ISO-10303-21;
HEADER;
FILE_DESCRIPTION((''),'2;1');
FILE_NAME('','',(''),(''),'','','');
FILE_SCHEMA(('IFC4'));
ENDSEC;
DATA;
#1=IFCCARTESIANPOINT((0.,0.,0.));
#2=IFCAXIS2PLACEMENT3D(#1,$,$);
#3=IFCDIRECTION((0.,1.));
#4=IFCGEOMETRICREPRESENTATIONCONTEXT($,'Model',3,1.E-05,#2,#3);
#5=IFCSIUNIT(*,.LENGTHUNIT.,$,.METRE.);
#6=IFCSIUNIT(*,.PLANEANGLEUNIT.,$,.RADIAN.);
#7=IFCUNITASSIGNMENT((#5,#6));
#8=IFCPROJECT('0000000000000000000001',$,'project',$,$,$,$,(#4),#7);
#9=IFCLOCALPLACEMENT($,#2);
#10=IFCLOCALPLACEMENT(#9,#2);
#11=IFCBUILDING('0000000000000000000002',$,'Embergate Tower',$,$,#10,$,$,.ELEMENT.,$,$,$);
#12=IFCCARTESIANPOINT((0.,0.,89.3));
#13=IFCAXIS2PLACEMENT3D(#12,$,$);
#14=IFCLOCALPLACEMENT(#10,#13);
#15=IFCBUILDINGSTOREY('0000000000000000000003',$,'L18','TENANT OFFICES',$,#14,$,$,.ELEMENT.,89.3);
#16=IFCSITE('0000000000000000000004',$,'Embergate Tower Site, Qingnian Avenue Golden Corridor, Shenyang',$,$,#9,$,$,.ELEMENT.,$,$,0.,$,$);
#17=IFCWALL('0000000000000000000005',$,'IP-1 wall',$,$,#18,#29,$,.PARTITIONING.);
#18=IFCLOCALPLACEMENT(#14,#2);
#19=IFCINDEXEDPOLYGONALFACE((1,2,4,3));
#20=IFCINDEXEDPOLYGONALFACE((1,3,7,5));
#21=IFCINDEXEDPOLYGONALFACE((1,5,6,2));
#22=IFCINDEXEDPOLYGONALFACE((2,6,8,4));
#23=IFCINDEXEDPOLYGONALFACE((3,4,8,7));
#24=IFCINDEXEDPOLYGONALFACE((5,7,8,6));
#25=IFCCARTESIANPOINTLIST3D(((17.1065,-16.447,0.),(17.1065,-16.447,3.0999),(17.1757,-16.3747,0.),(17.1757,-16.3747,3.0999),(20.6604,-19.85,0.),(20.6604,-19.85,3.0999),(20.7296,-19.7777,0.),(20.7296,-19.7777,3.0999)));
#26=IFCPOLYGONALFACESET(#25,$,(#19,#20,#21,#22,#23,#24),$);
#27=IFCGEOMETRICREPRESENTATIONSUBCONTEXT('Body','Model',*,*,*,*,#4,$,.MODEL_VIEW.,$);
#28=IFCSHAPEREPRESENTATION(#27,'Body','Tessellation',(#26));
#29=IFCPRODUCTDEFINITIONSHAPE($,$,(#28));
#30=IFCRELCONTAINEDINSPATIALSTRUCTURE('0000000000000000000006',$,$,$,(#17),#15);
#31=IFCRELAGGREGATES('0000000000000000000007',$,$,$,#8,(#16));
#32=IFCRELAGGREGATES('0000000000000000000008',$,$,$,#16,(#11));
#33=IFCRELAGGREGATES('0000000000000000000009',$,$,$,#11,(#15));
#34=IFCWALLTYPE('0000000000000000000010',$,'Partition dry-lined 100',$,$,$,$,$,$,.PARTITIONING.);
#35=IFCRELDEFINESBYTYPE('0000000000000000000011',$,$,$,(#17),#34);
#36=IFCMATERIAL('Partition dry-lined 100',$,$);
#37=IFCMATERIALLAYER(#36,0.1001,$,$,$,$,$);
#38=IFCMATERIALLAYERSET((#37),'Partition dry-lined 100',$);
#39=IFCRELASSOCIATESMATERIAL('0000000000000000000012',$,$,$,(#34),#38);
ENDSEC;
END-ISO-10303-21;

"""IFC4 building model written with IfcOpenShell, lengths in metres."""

from ifc_helpers import new_model, si_unit, direction, frame, frame_2d, origin, place, context, subcontext, project, spatial, rectangle, extrude, source, transform, mapped, material, layer, layer_set, type_object, element, save


model = new_model("IFC4")

# Units and contexts
model_context = context("Model", 3, precision=1e-05, world=origin(), true_north=direction((0.0, 1.0)))
body_context = subcontext(model_context, "Body", "Model", "MODEL_VIEW")
ifc_project = project(units=[si_unit("LENGTHUNIT", "METRE"), si_unit("PLANEANGLEUNIT", "RADIAN")], contexts=[model_context])

# Site, building, storey
site_placement = place(None, origin())
site = spatial("IfcSite", under=ifc_project, at=site_placement, Name="Embergate Tower Site, Qingnian Avenue Golden Corridor, Shenyang", CompositionType="ELEMENT", RefElevation=0.0)
building_placement = place(site_placement, origin())
building = spatial("IfcBuilding", under=site, at=building_placement, Name="Embergate Tower", CompositionType="ELEMENT")
storey_placement = place(building_placement, frame((0.0, 0.0, 89.3)))
storey = spatial("IfcBuildingStorey", under=building, at=storey_placement, Name="L18", Description="TENANT OFFICES", CompositionType="ELEMENT", Elevation=89.3)

# Wall
ifc_material_1 = material(Name="Partition dry-lined 100")
ifc_layer_1 = layer(ifc_material_1, 0.1001)
ifc_layer_set_1 = layer_set([ifc_layer_1], Name="Partition dry-lined 100")
wall_type_1 = type_object("IfcWallType", Name="Partition dry-lined 100", PredefinedType="PARTITIONING", material=ifc_layer_set_1)
shared_shape_1 = source(origin(), body_context, "Body", "SweptSolid", [
    extrude(rectangle(XDim=4.9204, YDim=0.1001, at=frame_2d((2.4602, 0.0))), origin(), (0.0, 0.0, 1.0), 3.0999),
])
wall_1_placement = place(storey_placement, frame((17.1411, -16.4109, 0.0), z_axis=(0.0, 0.0, 1.0), x_axis=(0.722272, -0.691609, 0.0)))
element("IfcWall", 1, at=wall_1_placement, inside=storey, type_object=wall_type_1, Name="IP-1 wall", PredefinedType="PARTITIONING", context=body_context, shape_type="MappedRepresentation", body=[
    mapped(shared_shape_1, transform((0.0, 0.0, 0.0))),
])

save(model, "model.ifc")
